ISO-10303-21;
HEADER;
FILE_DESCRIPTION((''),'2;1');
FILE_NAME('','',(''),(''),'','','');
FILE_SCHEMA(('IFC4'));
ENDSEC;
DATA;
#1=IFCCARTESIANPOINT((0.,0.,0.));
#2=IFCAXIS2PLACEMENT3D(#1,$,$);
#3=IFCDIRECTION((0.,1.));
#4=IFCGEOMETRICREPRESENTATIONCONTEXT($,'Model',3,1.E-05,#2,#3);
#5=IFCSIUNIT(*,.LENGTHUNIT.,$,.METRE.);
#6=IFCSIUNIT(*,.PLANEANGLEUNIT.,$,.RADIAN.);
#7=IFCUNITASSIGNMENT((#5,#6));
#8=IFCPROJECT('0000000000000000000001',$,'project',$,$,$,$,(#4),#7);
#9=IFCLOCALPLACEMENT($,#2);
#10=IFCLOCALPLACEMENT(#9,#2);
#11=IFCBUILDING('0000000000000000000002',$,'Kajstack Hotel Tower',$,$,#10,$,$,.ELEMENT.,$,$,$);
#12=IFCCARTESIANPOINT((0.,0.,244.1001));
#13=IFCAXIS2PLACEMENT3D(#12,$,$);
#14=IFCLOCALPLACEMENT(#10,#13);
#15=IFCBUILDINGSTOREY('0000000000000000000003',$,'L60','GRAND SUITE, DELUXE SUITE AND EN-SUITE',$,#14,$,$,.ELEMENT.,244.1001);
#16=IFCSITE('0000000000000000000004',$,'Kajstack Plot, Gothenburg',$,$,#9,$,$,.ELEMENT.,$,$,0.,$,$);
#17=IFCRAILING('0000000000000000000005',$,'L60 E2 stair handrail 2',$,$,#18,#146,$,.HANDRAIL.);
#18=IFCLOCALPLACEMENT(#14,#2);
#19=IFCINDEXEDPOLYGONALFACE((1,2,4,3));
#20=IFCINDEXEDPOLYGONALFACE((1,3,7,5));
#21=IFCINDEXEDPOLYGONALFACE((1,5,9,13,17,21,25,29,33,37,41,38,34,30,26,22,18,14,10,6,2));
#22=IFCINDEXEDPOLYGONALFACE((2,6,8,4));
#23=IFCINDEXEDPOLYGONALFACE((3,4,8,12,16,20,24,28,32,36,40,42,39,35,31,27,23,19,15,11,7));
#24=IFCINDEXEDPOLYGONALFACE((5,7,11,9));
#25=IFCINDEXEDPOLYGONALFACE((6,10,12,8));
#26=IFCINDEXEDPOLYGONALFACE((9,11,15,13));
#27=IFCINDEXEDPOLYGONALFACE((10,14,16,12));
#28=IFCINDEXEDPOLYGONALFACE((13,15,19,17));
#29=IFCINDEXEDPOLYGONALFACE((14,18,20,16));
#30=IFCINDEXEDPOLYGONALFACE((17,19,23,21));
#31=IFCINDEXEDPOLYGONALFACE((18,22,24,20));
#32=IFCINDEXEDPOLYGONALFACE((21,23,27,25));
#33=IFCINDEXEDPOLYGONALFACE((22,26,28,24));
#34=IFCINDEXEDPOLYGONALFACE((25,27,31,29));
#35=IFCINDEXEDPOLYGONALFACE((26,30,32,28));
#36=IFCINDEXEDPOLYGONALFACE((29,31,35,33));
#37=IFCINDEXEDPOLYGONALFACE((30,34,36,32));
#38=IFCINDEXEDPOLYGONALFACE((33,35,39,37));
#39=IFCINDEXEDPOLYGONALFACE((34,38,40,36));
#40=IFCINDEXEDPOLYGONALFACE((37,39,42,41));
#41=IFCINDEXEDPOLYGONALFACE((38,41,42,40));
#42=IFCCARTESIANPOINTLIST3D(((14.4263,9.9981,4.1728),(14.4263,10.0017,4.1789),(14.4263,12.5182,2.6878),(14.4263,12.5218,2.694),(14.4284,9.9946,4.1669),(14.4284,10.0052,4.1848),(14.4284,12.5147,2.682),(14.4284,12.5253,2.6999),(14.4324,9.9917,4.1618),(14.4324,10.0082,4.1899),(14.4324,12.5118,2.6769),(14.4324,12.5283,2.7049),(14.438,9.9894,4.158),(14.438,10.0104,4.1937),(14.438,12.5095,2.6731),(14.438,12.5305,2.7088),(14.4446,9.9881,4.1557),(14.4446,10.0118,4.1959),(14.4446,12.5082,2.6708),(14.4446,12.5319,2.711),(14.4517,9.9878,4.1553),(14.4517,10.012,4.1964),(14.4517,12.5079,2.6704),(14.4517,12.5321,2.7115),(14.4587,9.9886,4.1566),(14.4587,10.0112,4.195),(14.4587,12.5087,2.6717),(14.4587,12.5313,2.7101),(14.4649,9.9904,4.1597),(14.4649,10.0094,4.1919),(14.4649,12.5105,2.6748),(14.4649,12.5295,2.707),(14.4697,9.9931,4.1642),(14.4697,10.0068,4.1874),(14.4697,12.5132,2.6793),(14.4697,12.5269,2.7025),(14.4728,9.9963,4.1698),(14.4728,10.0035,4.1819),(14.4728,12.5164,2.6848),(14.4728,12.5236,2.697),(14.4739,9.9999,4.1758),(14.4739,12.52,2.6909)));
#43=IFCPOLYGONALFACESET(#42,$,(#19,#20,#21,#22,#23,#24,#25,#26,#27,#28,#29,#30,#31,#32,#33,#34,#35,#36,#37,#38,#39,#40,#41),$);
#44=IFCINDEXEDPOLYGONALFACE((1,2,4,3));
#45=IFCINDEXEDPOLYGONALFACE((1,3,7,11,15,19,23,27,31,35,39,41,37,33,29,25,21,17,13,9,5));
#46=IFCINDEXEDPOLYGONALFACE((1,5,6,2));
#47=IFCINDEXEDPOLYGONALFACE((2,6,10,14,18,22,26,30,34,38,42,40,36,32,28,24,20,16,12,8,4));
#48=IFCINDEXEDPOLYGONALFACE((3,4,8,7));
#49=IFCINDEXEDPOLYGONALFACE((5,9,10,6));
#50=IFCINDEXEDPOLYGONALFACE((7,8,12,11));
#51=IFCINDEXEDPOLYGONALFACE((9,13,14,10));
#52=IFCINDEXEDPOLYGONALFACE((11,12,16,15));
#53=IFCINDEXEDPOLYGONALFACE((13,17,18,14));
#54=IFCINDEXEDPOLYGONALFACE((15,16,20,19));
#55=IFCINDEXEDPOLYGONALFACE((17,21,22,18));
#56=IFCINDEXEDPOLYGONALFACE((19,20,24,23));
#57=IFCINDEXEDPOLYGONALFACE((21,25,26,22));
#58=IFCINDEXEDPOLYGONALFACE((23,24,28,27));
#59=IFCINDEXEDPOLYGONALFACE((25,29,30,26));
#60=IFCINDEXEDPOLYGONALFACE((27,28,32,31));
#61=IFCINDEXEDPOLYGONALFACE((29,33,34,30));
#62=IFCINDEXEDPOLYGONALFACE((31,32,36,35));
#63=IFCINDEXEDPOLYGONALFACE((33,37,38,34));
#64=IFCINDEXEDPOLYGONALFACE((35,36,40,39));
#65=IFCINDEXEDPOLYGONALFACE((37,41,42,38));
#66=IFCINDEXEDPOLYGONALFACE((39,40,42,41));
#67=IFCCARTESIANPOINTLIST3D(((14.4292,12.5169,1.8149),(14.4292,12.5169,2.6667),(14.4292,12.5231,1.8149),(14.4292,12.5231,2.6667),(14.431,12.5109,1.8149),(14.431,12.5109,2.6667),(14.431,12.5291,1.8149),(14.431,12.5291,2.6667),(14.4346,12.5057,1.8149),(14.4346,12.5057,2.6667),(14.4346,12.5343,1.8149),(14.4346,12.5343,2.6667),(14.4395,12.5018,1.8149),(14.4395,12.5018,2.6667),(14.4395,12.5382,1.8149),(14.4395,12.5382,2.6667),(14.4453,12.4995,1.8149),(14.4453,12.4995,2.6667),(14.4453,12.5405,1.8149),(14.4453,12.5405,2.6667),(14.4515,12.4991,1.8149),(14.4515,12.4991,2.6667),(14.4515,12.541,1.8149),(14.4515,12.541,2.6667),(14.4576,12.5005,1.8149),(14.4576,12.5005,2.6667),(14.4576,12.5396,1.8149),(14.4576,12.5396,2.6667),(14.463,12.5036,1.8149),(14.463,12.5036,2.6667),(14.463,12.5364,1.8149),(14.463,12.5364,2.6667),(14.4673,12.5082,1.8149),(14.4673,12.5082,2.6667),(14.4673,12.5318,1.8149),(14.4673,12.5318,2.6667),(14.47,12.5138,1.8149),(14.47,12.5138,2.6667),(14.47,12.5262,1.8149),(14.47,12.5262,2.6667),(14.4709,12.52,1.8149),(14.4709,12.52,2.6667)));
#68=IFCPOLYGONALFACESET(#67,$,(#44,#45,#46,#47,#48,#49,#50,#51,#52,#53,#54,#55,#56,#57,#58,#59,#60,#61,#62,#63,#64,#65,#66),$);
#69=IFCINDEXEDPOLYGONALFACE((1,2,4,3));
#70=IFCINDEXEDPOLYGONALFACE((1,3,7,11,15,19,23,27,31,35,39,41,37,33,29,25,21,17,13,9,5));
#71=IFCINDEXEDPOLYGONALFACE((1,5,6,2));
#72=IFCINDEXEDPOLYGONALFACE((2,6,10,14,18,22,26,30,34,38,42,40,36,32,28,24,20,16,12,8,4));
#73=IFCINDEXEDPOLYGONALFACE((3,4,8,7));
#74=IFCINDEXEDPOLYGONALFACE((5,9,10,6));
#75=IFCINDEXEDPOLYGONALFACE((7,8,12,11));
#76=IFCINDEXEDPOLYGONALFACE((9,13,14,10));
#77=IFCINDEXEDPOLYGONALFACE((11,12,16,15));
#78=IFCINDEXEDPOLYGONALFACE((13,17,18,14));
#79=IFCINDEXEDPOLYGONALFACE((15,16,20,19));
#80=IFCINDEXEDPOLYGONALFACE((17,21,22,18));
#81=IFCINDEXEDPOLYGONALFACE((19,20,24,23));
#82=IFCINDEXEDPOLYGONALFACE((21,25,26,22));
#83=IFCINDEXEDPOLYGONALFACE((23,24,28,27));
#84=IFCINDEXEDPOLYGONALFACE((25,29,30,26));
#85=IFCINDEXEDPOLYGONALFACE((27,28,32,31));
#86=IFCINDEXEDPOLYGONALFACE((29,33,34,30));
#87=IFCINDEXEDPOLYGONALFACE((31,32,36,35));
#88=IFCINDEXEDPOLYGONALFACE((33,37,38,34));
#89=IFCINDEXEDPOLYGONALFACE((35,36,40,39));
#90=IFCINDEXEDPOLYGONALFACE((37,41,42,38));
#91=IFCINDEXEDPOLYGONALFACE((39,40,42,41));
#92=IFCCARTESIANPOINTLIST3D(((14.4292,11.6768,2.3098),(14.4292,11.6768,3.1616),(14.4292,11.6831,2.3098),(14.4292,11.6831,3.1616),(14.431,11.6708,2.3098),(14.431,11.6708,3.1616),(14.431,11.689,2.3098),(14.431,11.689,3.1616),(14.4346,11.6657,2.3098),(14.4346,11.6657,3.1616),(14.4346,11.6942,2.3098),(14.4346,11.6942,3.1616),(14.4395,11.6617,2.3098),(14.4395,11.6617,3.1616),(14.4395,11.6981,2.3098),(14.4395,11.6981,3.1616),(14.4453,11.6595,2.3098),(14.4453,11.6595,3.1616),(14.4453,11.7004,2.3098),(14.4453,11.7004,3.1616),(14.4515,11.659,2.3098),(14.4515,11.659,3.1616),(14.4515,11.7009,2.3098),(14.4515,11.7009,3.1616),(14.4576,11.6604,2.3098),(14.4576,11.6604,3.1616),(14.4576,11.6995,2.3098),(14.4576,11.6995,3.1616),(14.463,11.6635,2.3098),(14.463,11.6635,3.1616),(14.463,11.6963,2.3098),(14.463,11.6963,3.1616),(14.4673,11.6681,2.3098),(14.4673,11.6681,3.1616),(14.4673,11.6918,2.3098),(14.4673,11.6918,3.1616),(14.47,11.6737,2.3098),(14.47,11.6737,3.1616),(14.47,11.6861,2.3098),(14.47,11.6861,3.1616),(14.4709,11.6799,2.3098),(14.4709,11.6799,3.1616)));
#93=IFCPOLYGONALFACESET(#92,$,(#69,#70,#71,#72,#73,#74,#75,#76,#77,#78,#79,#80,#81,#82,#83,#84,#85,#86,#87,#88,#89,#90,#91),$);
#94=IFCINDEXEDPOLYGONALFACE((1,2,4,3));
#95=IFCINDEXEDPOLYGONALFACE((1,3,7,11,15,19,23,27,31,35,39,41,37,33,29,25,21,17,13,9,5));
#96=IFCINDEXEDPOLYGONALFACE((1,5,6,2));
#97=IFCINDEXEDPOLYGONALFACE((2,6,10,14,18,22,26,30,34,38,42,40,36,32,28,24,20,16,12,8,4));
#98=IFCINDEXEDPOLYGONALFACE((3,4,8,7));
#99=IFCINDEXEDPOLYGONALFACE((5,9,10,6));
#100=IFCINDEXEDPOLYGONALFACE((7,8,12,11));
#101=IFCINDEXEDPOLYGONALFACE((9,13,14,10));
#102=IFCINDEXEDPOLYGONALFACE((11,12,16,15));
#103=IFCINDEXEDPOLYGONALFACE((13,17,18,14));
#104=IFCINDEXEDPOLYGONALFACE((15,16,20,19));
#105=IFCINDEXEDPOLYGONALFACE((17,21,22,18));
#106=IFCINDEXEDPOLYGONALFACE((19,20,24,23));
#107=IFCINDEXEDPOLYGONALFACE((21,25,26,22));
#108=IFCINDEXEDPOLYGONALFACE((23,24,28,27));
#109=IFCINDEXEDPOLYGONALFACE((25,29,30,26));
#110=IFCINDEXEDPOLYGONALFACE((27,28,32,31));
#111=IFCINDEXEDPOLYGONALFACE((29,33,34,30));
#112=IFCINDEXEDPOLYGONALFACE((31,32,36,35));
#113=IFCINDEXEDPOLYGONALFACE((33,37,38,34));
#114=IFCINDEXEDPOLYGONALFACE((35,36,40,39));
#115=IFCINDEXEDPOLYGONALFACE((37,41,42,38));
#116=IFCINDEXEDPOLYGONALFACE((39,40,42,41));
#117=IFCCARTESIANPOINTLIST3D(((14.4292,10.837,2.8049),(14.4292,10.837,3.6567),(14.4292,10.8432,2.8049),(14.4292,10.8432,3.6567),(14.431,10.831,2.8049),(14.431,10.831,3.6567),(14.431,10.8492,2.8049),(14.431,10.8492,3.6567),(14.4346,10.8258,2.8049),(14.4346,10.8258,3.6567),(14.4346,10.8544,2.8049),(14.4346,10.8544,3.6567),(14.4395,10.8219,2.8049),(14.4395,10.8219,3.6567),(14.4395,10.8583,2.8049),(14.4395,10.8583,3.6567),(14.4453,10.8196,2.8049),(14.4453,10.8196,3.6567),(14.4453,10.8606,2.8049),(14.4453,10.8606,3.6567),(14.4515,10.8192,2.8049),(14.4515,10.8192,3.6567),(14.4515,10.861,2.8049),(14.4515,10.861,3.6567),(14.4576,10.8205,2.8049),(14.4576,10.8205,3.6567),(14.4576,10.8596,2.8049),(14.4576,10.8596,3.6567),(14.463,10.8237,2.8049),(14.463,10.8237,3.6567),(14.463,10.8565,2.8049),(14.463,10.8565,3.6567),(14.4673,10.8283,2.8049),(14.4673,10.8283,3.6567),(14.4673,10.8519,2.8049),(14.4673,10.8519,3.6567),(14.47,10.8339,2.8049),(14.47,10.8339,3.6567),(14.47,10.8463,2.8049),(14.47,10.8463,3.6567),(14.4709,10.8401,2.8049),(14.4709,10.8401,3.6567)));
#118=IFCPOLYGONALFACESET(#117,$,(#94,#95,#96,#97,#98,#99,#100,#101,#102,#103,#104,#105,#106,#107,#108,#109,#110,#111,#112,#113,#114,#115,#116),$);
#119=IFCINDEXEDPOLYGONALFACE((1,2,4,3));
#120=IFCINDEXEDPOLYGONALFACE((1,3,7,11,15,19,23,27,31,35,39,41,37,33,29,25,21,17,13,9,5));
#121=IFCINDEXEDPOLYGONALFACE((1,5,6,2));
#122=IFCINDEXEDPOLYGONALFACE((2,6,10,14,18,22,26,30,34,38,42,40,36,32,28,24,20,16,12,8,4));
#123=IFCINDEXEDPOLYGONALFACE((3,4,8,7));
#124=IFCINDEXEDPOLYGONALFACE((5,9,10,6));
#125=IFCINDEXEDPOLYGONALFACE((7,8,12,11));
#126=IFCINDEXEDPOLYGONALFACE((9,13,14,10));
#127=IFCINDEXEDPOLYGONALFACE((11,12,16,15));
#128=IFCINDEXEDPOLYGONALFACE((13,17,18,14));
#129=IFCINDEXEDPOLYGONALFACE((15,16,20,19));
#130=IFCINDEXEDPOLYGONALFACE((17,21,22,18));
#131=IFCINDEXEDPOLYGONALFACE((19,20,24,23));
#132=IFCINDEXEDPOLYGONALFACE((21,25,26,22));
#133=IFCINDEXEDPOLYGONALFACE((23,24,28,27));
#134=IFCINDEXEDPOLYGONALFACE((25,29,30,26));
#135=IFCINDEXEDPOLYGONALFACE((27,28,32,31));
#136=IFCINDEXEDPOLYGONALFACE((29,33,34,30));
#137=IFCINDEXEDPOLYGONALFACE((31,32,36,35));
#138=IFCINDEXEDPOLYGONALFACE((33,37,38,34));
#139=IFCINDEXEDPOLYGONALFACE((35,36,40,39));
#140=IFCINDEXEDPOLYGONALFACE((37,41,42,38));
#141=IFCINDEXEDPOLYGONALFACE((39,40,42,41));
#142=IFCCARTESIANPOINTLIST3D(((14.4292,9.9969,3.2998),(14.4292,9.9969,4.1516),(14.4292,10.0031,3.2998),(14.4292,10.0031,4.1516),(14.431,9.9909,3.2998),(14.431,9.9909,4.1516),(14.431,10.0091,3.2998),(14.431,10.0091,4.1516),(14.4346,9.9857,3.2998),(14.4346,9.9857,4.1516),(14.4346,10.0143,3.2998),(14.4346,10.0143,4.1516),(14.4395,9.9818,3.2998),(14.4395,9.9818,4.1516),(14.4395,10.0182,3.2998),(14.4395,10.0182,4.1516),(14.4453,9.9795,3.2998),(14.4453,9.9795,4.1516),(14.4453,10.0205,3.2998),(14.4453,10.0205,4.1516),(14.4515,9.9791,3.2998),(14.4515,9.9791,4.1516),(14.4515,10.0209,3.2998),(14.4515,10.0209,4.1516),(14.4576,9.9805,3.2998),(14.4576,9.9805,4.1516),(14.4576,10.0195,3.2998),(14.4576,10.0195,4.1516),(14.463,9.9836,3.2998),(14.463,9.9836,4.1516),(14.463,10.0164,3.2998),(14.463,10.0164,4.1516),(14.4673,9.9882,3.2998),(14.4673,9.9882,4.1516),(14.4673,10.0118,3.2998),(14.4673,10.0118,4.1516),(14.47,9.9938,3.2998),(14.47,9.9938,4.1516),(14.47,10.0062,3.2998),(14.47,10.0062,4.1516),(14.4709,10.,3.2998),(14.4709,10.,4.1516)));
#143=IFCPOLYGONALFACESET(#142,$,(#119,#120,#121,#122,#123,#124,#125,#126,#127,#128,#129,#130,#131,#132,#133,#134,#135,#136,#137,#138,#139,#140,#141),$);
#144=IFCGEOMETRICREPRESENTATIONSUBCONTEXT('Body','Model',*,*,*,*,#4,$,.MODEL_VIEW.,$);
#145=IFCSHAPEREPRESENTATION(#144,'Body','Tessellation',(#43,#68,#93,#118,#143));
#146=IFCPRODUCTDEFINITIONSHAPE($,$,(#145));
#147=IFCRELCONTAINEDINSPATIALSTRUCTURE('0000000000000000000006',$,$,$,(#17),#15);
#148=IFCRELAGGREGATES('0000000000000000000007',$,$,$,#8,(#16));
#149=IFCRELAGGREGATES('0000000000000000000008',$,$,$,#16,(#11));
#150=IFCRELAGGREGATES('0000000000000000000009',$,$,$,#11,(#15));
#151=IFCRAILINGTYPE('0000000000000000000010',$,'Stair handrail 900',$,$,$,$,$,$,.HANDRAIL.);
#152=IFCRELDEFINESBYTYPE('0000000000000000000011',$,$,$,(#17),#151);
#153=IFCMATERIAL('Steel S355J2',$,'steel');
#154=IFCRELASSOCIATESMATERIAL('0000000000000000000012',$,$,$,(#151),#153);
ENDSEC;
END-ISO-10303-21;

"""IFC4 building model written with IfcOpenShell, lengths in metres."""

from ifc_helpers import new_model, si_unit, direction, frame, origin, origin_2d, place, context, subcontext, project, spatial, circle, extrude, material, type_object, element, save


model = new_model("IFC4")

# Units and contexts
model_context = context("Model", 3, precision=1e-05, world=origin(), true_north=direction((0.0, 1.0)))
body_context = subcontext(model_context, "Body", "Model", "MODEL_VIEW")
ifc_project = project(units=[si_unit("LENGTHUNIT", "METRE"), si_unit("PLANEANGLEUNIT", "RADIAN")], contexts=[model_context])

# Site, building, storey
site_placement = place(None, origin())
site = spatial("IfcSite", under=ifc_project, at=site_placement, Name="Kajstack Plot, Gothenburg", CompositionType="ELEMENT", RefElevation=0.0)
building_placement = place(site_placement, origin())
building = spatial("IfcBuilding", under=site, at=building_placement, Name="Kajstack Hotel Tower", CompositionType="ELEMENT")
storey_placement = place(building_placement, frame((0.0, 0.0, 244.1001)))
storey = spatial("IfcBuildingStorey", under=building, at=storey_placement, Name="L60", Description="GRAND SUITE, DELUXE SUITE AND EN-SUITE", CompositionType="ELEMENT", Elevation=244.1001)

# Railing
ifc_material_1 = material(Name="Steel S355J2", Category="steel")
railing_type = type_object("IfcRailingType", Name="Stair handrail 900", PredefinedType="HANDRAIL", material=ifc_material_1)
railing_1_placement = place(storey_placement, frame((14.45, 12.52, 1.8149)))
element("IfcRailing", 1, at=railing_1_placement, inside=storey, type_object=railing_type, Name="L60 E2 stair handrail 2", PredefinedType="HANDRAIL", context=body_context, shape_type="SweptSolid", body=[
    extrude(circle(Radius=0.0239, at=origin_2d()), frame((0.0, 0.0, 0.876), z_axis=(0.0, -0.861561, 0.507655), x_axis=(1.0, 0.0, 0.0)), (0.0, 0.0, 1.0), 2.925),
    extrude(circle(Radius=0.021, at=origin_2d()), origin(), (0.0, 0.0, 1.0), 0.8518),
    extrude(circle(Radius=0.021, at=origin_2d()), frame((0.0, -0.8401, 0.4949)), (0.0, 0.0, 1.0), 0.8518),
    extrude(circle(Radius=0.021, at=origin_2d()), frame((0.0, -1.6799, 0.99)), (0.0, 0.0, 1.0), 0.8518),
    extrude(circle(Radius=0.021, at=origin_2d()), frame((0.0, -2.52, 1.4849)), (0.0, 0.0, 1.0), 0.8518),
])

save(model, "model.ifc")
